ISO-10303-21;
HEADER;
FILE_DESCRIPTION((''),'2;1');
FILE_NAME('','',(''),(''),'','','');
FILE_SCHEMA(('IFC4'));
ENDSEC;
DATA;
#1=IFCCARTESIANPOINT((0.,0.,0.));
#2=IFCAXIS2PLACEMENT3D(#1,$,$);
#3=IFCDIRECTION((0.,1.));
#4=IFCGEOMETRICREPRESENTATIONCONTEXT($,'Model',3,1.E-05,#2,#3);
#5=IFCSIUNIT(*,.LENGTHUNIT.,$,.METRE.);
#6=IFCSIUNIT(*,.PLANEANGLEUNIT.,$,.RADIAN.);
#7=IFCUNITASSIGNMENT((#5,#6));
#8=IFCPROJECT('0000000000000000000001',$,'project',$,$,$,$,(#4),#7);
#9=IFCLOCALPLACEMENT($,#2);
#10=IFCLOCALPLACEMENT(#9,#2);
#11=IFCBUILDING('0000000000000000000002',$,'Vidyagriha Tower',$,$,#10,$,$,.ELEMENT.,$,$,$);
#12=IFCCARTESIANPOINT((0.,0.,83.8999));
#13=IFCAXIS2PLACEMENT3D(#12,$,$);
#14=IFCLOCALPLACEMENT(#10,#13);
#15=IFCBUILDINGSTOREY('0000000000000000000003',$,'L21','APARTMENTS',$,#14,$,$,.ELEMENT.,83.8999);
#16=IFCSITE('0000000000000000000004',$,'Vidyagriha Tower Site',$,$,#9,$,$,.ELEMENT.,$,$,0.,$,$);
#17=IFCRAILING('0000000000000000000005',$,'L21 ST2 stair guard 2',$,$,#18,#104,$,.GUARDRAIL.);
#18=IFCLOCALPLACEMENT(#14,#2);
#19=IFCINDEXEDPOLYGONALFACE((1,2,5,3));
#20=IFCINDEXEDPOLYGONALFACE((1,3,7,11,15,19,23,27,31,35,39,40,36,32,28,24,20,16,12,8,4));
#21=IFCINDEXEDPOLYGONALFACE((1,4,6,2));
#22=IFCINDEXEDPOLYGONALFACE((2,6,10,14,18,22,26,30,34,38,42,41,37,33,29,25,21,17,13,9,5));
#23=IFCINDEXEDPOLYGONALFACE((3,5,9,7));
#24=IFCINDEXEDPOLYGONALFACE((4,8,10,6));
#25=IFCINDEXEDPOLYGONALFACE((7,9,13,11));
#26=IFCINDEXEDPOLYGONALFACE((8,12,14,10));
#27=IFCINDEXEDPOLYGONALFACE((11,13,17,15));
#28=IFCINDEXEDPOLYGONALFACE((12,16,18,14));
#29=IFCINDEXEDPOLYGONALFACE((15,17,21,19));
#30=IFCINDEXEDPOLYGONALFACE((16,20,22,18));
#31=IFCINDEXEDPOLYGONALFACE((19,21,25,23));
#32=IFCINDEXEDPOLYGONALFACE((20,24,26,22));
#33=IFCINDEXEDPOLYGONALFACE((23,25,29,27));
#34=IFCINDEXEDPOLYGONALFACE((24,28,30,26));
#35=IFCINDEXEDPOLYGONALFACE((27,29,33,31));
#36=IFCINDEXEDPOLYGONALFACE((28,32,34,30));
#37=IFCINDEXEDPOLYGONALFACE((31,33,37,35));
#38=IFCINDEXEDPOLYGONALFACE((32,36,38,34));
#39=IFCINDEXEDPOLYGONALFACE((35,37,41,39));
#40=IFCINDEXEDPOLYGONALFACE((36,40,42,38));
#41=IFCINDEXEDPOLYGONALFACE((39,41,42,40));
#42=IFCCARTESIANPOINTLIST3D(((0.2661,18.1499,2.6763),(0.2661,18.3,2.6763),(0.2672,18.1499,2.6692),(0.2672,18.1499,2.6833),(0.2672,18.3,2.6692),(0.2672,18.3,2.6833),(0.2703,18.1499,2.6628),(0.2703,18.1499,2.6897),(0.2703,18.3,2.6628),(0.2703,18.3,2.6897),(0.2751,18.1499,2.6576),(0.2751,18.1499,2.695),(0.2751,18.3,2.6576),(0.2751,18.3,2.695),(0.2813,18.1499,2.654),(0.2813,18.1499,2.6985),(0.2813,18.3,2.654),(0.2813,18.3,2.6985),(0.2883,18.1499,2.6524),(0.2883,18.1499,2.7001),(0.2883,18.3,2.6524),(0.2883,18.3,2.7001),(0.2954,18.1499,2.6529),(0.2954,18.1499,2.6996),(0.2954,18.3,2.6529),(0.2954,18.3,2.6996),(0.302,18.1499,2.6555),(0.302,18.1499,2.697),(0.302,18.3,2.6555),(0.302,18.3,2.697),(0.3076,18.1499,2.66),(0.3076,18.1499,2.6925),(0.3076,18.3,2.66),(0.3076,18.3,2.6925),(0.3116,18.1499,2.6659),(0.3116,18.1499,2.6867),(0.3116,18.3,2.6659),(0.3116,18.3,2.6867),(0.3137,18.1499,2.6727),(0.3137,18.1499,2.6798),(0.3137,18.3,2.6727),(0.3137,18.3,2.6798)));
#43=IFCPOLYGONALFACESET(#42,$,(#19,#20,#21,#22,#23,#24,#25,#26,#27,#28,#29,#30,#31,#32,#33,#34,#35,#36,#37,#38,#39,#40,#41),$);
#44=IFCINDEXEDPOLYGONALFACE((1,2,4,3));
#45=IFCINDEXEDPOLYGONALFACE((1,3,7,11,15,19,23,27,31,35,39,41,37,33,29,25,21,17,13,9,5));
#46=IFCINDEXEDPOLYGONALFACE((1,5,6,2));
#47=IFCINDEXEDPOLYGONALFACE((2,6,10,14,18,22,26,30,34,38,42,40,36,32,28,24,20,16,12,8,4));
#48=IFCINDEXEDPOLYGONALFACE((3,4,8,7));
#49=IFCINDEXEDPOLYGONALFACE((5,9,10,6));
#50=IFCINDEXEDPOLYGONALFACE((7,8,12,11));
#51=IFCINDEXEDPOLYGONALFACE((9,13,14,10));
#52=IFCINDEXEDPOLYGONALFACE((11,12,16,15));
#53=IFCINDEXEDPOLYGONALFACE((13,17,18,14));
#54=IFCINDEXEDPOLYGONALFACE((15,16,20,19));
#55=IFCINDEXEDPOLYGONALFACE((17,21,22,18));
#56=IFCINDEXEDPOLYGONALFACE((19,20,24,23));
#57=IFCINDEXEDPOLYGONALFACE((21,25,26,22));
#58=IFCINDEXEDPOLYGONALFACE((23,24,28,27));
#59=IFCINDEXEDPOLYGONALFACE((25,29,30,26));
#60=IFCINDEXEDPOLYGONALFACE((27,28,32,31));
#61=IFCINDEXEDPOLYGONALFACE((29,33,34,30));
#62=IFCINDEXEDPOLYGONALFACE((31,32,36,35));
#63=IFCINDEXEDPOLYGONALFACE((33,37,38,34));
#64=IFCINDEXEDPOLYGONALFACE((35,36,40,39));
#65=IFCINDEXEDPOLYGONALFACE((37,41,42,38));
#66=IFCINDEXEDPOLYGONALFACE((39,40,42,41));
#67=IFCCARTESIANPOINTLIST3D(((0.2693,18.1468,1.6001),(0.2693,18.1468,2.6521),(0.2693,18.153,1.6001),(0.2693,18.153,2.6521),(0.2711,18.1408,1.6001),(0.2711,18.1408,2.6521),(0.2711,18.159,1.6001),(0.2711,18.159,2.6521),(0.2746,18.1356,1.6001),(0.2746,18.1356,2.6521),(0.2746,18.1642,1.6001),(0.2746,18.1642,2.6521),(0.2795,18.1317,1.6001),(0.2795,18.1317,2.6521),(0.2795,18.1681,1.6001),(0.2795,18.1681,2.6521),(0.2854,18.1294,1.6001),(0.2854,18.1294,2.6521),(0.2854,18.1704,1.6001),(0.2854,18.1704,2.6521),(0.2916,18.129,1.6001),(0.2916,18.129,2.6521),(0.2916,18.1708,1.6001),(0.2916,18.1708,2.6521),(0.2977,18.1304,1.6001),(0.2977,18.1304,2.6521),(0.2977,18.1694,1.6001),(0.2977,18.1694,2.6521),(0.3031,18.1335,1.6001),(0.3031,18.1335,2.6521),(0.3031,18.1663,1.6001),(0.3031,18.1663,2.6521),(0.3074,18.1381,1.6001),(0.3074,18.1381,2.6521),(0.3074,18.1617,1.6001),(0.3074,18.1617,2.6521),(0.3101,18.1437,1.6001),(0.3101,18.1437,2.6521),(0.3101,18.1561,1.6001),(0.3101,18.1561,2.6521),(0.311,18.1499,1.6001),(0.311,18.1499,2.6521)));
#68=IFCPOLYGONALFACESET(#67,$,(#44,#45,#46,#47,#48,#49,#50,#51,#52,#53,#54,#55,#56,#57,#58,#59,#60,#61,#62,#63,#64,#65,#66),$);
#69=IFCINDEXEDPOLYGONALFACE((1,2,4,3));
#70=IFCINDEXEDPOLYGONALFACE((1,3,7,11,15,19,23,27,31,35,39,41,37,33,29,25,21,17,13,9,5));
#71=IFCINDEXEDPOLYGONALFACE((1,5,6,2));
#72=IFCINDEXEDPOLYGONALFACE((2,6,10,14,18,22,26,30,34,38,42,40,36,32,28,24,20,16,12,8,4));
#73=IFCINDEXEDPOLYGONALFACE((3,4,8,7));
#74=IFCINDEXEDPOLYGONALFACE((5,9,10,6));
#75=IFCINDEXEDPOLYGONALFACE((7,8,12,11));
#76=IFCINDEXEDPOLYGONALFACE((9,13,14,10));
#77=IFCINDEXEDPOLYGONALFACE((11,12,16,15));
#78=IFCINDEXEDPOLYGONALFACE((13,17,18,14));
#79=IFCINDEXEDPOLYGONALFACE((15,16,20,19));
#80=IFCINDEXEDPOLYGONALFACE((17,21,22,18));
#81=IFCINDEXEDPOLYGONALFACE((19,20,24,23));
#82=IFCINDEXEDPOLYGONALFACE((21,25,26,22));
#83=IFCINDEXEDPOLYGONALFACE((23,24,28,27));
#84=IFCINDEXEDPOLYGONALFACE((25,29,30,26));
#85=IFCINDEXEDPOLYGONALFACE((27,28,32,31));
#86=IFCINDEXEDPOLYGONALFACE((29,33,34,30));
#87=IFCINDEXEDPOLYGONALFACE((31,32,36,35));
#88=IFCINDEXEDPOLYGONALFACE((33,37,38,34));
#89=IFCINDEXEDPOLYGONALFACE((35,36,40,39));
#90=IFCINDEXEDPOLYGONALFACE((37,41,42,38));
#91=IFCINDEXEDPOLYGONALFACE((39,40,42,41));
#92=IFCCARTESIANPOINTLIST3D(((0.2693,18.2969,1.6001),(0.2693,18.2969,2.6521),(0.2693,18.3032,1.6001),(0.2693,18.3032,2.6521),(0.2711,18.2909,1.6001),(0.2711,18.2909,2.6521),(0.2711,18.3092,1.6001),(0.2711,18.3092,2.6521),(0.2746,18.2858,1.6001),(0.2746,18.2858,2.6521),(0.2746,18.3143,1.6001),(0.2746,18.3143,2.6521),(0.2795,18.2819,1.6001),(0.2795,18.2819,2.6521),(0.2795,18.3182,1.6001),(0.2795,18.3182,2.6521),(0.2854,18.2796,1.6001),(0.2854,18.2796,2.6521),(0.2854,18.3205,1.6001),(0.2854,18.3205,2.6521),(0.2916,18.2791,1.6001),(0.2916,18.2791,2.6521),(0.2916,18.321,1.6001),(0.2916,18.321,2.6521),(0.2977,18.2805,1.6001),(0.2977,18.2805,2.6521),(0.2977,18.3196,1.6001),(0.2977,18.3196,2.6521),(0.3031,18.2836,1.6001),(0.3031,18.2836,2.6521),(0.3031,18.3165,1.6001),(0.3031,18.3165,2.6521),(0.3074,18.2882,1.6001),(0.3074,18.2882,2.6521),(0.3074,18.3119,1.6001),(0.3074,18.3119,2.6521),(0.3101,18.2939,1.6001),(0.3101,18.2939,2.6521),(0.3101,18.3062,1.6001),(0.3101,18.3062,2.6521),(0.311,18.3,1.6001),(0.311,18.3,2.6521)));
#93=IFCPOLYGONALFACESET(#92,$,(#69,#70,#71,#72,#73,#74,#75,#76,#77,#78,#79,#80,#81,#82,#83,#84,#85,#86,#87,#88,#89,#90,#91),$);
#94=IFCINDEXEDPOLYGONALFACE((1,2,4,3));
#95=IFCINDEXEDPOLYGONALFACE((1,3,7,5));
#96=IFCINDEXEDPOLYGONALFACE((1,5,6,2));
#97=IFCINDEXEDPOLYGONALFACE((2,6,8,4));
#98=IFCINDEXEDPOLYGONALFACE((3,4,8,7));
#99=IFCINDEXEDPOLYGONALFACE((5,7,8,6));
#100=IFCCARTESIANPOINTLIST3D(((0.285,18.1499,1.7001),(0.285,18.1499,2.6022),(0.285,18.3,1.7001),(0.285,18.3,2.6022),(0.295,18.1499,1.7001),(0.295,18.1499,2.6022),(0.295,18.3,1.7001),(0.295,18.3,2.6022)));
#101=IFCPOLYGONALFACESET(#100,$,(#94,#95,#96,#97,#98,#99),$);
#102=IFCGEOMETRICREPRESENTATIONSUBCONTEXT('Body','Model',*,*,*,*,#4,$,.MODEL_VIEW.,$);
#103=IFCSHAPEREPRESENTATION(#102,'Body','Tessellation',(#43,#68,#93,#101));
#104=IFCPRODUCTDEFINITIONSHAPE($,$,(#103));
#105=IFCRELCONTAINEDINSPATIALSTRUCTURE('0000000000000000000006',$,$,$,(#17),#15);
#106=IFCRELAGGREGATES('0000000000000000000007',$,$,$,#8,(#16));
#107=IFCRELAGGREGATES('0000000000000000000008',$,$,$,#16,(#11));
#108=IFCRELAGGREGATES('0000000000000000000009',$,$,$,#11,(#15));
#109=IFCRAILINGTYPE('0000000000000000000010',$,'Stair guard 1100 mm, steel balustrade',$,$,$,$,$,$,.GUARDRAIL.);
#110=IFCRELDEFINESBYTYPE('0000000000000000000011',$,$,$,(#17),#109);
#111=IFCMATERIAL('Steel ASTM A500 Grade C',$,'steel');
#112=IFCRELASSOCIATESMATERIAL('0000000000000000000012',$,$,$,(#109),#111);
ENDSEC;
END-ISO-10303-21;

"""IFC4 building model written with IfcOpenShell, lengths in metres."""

from ifc_helpers import new_model, si_unit, direction, frame, origin, origin_2d, place, context, subcontext, project, spatial, rectangle, circle, extrude, material, type_object, element, save


model = new_model("IFC4")

# Units and contexts
model_context = context("Model", 3, precision=1e-05, world=origin(), true_north=direction((0.0, 1.0)))
body_context = subcontext(model_context, "Body", "Model", "MODEL_VIEW")
ifc_project = project(units=[si_unit("LENGTHUNIT", "METRE"), si_unit("PLANEANGLEUNIT", "RADIAN")], contexts=[model_context])

# Site, building, storey
site_placement = place(None, origin())
site = spatial("IfcSite", under=ifc_project, at=site_placement, Name="Vidyagriha Tower Site", CompositionType="ELEMENT", RefElevation=0.0)
building_placement = place(site_placement, origin())
building = spatial("IfcBuilding", under=site, at=building_placement, Name="Vidyagriha Tower", CompositionType="ELEMENT")
storey_placement = place(building_placement, frame((0.0, 0.0, 83.8999)))
storey = spatial("IfcBuildingStorey", under=building, at=storey_placement, Name="L21", Description="APARTMENTS", CompositionType="ELEMENT", Elevation=83.8999)

# Railing
ifc_material_1 = material(Name="Steel ASTM A500 Grade C", Category="steel")
railing_type_1 = type_object("IfcRailingType", Name="Stair guard 1100 mm, steel balustrade", PredefinedType="GUARDRAIL", material=ifc_material_1)
railing_1_placement = place(storey_placement, frame((0.29, 18.1499, 1.6001)))
element("IfcRailing", 1, at=railing_1_placement, inside=storey, type_object=railing_type_1, Name="L21 ST2 stair guard 2", PredefinedType="GUARDRAIL", context=body_context, shape_type="SweptSolid", body=[
    extrude(circle(Radius=0.0239, at=origin_2d()), frame((0.0, 0.0, 1.0762), z_axis=(0.0, 1.0, 0.0), x_axis=(-1.0, 0.0, 0.0)), (0.0, 0.0, 1.0), 0.1501),
    extrude(circle(Radius=0.021, at=origin_2d()), origin(), (0.0, 0.0, 1.0), 1.052),
    extrude(circle(Radius=0.021, at=origin_2d()), frame((0.0, 0.1501, 0.0)), (0.0, 0.0, 1.0), 1.052),
    extrude(rectangle(XDim=0.01, YDim=0.9021, at=origin_2d()), frame((0.0, 0.0, 0.551), z_axis=(0.0, 1.0, 0.0), x_axis=(-1.0, 0.0, 0.0)), (0.0, 0.0, 1.0), 0.1501),
])

save(model, "model.ifc")
